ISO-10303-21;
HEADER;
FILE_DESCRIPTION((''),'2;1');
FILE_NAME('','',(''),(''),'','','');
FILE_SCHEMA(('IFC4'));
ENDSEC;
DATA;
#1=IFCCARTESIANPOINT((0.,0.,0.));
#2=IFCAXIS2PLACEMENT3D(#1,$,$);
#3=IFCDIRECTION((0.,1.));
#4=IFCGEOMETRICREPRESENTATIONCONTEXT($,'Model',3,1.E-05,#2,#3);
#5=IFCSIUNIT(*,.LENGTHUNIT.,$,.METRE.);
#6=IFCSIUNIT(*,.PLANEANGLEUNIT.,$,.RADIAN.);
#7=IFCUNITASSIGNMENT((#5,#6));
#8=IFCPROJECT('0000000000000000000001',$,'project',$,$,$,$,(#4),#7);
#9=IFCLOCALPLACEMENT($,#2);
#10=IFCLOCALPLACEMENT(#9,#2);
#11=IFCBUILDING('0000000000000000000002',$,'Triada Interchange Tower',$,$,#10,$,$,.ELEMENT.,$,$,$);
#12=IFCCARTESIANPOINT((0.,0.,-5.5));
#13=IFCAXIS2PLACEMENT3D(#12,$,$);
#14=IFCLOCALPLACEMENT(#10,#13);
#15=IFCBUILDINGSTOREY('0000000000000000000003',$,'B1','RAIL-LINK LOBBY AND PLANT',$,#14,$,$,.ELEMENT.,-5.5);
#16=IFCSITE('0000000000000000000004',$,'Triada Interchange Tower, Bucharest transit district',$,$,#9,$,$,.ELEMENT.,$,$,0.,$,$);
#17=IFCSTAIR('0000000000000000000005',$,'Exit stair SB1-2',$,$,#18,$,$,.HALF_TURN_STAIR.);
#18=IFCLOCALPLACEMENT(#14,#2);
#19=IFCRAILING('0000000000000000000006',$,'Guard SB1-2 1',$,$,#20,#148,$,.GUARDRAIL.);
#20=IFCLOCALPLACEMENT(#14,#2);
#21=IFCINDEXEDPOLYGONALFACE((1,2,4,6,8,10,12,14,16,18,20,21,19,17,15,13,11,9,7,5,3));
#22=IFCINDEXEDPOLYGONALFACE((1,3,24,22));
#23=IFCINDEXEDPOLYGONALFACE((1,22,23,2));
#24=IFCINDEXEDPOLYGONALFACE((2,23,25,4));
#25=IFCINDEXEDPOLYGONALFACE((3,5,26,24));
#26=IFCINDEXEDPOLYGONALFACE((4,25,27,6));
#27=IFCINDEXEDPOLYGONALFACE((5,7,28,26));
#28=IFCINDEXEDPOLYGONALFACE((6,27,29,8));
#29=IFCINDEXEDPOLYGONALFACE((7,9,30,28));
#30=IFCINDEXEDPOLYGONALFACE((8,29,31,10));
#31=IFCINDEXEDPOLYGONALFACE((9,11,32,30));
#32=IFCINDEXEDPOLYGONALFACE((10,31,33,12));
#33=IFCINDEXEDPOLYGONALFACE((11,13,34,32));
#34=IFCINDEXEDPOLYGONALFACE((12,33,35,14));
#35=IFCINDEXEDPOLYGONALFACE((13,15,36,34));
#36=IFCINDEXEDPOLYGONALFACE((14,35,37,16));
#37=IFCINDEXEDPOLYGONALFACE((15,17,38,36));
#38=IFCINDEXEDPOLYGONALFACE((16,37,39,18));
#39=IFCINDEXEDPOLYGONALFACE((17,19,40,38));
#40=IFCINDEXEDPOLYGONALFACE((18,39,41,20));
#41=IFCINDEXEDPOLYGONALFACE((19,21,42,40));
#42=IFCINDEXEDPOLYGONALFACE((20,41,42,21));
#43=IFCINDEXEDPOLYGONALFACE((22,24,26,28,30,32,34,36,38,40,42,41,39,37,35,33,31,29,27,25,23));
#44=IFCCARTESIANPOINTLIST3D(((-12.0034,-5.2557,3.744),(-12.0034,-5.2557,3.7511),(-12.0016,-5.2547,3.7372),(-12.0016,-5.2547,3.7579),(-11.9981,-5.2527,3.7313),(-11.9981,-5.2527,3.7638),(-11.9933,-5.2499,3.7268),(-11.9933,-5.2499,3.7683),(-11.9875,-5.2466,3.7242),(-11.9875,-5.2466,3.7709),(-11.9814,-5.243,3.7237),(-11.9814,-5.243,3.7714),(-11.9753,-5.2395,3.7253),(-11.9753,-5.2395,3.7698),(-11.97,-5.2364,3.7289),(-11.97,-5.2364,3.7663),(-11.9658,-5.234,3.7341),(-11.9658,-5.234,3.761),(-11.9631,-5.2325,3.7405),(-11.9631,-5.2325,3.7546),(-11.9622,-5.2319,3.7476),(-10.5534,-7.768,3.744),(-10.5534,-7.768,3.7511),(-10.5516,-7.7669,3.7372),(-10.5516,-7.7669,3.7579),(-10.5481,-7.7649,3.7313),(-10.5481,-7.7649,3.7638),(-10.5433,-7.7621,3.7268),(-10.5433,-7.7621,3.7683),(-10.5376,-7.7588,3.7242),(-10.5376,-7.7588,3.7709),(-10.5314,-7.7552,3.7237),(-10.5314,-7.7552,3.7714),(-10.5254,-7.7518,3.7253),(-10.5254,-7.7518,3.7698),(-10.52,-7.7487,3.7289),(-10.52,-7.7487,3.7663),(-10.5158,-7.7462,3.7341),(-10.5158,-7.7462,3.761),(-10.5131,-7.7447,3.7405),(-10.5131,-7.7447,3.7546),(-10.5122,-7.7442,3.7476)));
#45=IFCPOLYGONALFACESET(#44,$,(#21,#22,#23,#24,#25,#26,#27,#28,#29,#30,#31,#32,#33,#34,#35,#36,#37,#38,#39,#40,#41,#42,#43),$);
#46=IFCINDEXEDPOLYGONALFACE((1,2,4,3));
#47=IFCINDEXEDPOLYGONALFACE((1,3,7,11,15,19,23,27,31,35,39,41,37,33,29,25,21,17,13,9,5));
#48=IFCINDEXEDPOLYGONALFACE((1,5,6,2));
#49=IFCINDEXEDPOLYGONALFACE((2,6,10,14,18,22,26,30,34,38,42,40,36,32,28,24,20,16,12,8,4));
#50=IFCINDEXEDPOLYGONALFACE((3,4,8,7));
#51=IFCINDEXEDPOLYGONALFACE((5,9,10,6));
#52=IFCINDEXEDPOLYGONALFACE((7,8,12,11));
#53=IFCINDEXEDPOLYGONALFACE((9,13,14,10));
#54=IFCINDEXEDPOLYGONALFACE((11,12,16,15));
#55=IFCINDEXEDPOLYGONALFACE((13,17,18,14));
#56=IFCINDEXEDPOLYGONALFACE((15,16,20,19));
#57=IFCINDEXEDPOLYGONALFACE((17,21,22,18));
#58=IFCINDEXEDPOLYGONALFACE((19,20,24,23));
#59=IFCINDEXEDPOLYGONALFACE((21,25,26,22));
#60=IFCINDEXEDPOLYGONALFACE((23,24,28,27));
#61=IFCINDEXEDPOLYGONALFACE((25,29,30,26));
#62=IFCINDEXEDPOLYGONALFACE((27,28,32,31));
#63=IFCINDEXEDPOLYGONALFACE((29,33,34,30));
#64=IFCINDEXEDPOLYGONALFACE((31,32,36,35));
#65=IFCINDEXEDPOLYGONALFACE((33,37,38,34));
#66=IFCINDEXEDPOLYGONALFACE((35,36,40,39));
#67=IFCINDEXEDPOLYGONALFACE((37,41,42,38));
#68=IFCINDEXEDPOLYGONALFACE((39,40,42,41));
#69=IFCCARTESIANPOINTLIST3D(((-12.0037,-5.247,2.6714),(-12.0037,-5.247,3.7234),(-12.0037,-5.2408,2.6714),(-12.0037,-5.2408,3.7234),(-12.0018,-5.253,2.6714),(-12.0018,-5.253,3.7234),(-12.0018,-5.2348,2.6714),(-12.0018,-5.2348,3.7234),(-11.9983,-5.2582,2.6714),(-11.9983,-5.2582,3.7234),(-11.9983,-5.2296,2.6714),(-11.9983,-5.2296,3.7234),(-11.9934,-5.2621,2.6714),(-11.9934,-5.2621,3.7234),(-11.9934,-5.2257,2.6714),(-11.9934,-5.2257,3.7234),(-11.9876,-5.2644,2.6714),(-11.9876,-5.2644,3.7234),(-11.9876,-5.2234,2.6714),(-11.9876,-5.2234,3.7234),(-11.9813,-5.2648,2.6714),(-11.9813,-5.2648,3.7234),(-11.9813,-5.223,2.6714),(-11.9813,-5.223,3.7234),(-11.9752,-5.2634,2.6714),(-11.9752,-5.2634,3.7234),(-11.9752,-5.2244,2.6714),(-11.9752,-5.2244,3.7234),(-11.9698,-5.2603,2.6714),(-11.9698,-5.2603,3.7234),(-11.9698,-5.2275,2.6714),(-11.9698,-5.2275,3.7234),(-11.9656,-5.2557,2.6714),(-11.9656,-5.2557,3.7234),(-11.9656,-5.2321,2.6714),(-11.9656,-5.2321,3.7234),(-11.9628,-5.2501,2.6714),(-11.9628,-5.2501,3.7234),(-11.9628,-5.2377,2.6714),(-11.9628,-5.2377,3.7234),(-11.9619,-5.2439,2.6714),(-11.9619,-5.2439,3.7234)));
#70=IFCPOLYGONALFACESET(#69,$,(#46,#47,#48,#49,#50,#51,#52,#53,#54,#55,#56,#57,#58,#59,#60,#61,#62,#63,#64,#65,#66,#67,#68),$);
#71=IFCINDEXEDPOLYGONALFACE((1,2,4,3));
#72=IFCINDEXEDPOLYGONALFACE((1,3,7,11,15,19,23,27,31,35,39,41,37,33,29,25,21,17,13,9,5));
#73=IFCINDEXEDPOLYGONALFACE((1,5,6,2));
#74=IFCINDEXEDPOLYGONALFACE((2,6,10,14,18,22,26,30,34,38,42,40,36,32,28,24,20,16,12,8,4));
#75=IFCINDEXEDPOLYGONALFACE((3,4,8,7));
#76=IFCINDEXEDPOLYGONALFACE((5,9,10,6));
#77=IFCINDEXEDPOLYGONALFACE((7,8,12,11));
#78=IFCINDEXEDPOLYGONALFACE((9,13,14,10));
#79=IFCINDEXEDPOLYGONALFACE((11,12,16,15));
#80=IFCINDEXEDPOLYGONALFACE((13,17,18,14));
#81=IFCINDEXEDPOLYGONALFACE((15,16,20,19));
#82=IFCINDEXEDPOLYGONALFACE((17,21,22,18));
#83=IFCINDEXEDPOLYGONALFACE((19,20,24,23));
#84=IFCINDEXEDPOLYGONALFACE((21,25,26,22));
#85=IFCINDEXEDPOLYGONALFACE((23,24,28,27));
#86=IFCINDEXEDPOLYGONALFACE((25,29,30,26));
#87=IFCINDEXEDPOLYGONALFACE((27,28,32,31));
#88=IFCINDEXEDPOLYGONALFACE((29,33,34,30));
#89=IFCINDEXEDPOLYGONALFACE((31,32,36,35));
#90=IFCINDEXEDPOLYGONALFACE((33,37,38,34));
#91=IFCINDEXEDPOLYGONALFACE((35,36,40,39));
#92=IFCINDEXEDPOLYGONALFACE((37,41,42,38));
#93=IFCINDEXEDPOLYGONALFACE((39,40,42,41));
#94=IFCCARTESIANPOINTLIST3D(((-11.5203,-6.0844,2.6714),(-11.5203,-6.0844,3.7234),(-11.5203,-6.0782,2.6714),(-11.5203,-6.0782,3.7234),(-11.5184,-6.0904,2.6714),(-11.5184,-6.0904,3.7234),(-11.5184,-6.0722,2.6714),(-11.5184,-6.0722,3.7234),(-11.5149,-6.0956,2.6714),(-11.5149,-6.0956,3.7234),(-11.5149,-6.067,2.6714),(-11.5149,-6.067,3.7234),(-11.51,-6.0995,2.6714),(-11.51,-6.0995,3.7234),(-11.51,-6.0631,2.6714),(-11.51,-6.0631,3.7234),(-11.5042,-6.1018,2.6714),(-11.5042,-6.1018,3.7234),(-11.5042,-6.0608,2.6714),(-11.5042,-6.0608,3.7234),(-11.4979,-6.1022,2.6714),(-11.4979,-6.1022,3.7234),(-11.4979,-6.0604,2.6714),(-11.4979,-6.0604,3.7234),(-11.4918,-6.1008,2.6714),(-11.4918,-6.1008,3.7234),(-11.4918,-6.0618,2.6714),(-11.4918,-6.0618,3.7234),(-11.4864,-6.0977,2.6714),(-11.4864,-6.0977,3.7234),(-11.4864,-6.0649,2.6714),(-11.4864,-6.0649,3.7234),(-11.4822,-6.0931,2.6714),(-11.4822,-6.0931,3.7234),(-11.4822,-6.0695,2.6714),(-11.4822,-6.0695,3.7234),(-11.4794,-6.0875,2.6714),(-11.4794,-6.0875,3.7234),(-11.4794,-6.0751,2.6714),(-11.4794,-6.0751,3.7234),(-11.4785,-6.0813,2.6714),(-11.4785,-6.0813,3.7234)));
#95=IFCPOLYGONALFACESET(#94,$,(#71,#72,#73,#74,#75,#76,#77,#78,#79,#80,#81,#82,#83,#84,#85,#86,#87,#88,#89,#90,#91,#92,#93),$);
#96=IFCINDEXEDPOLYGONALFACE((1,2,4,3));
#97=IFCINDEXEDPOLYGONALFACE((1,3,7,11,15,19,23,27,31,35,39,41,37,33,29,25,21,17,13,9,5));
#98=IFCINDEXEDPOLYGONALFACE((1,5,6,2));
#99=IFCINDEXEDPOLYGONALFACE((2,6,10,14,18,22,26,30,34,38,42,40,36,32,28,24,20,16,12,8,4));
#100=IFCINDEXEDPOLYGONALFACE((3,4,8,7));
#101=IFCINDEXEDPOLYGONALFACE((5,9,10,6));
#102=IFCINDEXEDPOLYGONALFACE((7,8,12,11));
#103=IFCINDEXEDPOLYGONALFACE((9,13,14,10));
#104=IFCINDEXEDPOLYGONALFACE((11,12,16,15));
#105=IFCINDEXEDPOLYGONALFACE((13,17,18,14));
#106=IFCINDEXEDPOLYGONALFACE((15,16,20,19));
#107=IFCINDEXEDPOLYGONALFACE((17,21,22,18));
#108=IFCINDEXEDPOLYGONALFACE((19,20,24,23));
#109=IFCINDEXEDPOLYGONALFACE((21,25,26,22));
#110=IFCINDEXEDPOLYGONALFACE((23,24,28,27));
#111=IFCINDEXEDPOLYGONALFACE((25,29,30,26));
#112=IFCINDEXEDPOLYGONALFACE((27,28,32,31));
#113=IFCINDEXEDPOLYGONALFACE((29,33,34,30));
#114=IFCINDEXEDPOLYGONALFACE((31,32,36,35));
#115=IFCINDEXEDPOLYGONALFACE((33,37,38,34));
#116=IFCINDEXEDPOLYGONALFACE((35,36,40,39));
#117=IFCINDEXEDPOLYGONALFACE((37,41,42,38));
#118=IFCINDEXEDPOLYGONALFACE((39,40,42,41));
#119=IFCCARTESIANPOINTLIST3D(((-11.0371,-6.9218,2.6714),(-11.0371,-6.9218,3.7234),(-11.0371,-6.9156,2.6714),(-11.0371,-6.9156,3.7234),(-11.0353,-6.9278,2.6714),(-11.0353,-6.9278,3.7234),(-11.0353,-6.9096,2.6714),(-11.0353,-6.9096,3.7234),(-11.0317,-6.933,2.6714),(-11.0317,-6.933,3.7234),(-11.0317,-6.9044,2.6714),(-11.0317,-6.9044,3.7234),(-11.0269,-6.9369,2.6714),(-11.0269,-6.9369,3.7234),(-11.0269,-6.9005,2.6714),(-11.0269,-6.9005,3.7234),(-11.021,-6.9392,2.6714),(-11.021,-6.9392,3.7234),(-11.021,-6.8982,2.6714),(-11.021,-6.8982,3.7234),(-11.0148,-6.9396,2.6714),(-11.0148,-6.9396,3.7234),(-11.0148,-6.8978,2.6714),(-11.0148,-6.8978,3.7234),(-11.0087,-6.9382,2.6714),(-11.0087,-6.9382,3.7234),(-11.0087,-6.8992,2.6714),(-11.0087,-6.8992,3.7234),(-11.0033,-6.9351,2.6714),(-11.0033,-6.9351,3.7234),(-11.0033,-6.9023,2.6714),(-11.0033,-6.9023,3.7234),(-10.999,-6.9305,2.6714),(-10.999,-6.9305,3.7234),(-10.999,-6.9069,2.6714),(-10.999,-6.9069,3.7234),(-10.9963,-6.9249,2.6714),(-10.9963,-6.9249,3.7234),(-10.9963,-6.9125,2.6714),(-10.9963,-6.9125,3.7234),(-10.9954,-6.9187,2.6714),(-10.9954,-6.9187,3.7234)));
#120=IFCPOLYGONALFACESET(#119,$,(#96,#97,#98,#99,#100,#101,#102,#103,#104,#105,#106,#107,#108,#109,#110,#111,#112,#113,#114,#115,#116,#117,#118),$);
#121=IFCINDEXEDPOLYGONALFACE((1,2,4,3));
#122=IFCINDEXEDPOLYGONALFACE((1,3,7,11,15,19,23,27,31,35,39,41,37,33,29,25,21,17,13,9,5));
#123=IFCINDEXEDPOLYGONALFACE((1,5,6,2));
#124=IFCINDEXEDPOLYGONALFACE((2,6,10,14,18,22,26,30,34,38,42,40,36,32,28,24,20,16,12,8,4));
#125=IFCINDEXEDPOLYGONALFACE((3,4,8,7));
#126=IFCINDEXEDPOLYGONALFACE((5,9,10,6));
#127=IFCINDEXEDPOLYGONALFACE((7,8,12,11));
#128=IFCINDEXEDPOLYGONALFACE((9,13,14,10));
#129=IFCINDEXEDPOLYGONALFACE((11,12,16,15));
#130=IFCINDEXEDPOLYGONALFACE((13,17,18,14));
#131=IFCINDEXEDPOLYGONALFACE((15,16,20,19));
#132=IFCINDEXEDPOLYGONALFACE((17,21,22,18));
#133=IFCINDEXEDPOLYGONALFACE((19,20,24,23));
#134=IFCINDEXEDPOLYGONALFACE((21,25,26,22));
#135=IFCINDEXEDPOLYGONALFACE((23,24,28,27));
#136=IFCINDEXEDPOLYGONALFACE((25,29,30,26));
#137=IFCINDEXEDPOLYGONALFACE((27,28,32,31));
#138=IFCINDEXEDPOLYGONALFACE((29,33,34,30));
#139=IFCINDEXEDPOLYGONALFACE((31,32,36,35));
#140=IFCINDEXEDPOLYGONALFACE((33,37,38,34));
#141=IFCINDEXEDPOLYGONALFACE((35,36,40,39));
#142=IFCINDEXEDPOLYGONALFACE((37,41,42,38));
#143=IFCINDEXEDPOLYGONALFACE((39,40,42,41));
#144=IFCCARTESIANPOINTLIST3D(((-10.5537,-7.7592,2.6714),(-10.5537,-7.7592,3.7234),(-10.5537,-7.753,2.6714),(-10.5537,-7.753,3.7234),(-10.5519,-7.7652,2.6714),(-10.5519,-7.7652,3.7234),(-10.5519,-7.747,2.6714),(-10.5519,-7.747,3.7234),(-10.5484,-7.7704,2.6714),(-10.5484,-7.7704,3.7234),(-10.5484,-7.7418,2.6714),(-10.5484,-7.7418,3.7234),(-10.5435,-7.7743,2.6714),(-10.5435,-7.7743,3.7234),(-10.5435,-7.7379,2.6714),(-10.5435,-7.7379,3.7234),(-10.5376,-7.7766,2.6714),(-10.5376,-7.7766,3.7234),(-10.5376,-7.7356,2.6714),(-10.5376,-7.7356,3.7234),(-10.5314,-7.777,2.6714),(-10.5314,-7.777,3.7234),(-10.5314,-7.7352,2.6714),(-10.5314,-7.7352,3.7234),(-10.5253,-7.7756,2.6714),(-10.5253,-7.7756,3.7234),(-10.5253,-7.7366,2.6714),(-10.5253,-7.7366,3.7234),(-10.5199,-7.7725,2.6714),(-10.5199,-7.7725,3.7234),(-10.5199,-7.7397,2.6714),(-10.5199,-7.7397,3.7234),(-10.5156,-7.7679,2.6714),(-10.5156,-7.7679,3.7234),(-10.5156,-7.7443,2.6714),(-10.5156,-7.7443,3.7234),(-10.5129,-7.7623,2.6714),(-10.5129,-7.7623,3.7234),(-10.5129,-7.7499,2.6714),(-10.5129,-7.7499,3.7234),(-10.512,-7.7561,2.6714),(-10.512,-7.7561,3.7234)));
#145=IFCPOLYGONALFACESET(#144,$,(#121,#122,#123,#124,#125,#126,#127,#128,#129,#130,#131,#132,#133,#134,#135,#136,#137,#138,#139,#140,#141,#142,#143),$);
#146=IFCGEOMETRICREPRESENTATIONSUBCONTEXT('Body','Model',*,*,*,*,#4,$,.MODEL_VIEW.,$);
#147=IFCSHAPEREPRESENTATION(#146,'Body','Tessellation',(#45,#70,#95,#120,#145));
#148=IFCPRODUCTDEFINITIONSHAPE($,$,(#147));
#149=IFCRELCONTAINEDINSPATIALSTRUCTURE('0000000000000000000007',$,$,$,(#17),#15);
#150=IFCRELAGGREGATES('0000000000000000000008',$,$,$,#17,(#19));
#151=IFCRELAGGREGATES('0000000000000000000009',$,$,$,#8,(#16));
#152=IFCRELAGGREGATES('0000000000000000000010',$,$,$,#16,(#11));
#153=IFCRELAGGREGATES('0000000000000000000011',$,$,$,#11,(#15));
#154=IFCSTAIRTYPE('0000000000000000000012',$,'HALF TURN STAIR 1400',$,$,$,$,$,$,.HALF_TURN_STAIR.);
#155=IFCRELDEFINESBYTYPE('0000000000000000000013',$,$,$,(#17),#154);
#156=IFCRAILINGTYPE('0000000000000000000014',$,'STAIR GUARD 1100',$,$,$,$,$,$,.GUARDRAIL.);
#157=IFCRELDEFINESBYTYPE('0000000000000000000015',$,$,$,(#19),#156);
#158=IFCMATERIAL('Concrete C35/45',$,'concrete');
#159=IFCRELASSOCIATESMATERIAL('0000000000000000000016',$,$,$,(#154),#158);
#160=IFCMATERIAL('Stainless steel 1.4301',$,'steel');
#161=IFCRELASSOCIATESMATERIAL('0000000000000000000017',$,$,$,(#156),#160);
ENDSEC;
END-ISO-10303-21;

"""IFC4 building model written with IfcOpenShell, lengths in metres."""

from ifc_helpers import new_model, si_unit, direction, frame, origin, origin_2d, place, context, subcontext, project, spatial, circle, extrude, material, type_object, element, aggregate, save


model = new_model("IFC4")

# Units and contexts
model_context = context("Model", 3, precision=1e-05, world=origin(), true_north=direction((0.0, 1.0)))
body_context = subcontext(model_context, "Body", "Model", "MODEL_VIEW")
ifc_project = project(units=[si_unit("LENGTHUNIT", "METRE"), si_unit("PLANEANGLEUNIT", "RADIAN")], contexts=[model_context])

# Site, building, storey
site_placement = place(None, origin())
site = spatial("IfcSite", under=ifc_project, at=site_placement, Name="Triada Interchange Tower, Bucharest transit district", CompositionType="ELEMENT", RefElevation=0.0)
building_placement = place(site_placement, origin())
building = spatial("IfcBuilding", under=site, at=building_placement, Name="Triada Interchange Tower", CompositionType="ELEMENT")
storey_placement = place(building_placement, frame((0.0, 0.0, -5.5)))
storey = spatial("IfcBuildingStorey", under=building, at=storey_placement, Name="B1", Description="RAIL-LINK LOBBY AND PLANT", CompositionType="ELEMENT", Elevation=-5.5)

# Shared definitions
ifc_material_1 = material(Name="Concrete C35/45", Category="concrete")

# Stair, railing
stair_type = type_object("IfcStairType", Name="HALF TURN STAIR 1400", PredefinedType="HALF_TURN_STAIR", material=ifc_material_1)
stair_placement = place(storey_placement, origin())
stair = element("IfcStair", 1, at=stair_placement, inside=storey, type_object=stair_type, Name="Exit stair SB1-2", PredefinedType="HALF_TURN_STAIR")
ifc_material_2 = material(Name="Stainless steel 1.4301", Category="steel")
railing_type_1 = type_object("IfcRailingType", Name="STAIR GUARD 1100", PredefinedType="GUARDRAIL", material=ifc_material_2)
railing_1_placement = place(storey_placement, frame((-11.9829, -5.2439, 2.6714)))
railing_1 = element("IfcRailing", 2, at=railing_1_placement, type_object=railing_type_1, Name="Guard SB1-2 1", PredefinedType="GUARDRAIL", context=body_context, shape_type="SweptSolid", body=[
    extrude(circle(Radius=0.0239, at=origin_2d()), frame((0.0, 0.0, 1.0762), z_axis=(0.499878, -0.866096, 0.0), x_axis=(0.866096, 0.499878, 0.0)), (0.0, 0.0, 1.0), 2.9006),
    extrude(circle(Radius=0.021, at=origin_2d()), origin(), (0.0, 0.0, 1.0), 1.052),
    extrude(circle(Radius=0.021, at=origin_2d()), frame((0.4834, -0.8374, 0.0)), (0.0, 0.0, 1.0), 1.052),
    extrude(circle(Radius=0.021, at=origin_2d()), frame((0.9666, -1.6748, 0.0)), (0.0, 0.0, 1.0), 1.052),
    extrude(circle(Radius=0.021, at=origin_2d()), frame((1.45, -2.5122, 0.0)), (0.0, 0.0, 1.0), 1.052),
])
aggregate(stair, [railing_1])

save(model, "model.ifc")
